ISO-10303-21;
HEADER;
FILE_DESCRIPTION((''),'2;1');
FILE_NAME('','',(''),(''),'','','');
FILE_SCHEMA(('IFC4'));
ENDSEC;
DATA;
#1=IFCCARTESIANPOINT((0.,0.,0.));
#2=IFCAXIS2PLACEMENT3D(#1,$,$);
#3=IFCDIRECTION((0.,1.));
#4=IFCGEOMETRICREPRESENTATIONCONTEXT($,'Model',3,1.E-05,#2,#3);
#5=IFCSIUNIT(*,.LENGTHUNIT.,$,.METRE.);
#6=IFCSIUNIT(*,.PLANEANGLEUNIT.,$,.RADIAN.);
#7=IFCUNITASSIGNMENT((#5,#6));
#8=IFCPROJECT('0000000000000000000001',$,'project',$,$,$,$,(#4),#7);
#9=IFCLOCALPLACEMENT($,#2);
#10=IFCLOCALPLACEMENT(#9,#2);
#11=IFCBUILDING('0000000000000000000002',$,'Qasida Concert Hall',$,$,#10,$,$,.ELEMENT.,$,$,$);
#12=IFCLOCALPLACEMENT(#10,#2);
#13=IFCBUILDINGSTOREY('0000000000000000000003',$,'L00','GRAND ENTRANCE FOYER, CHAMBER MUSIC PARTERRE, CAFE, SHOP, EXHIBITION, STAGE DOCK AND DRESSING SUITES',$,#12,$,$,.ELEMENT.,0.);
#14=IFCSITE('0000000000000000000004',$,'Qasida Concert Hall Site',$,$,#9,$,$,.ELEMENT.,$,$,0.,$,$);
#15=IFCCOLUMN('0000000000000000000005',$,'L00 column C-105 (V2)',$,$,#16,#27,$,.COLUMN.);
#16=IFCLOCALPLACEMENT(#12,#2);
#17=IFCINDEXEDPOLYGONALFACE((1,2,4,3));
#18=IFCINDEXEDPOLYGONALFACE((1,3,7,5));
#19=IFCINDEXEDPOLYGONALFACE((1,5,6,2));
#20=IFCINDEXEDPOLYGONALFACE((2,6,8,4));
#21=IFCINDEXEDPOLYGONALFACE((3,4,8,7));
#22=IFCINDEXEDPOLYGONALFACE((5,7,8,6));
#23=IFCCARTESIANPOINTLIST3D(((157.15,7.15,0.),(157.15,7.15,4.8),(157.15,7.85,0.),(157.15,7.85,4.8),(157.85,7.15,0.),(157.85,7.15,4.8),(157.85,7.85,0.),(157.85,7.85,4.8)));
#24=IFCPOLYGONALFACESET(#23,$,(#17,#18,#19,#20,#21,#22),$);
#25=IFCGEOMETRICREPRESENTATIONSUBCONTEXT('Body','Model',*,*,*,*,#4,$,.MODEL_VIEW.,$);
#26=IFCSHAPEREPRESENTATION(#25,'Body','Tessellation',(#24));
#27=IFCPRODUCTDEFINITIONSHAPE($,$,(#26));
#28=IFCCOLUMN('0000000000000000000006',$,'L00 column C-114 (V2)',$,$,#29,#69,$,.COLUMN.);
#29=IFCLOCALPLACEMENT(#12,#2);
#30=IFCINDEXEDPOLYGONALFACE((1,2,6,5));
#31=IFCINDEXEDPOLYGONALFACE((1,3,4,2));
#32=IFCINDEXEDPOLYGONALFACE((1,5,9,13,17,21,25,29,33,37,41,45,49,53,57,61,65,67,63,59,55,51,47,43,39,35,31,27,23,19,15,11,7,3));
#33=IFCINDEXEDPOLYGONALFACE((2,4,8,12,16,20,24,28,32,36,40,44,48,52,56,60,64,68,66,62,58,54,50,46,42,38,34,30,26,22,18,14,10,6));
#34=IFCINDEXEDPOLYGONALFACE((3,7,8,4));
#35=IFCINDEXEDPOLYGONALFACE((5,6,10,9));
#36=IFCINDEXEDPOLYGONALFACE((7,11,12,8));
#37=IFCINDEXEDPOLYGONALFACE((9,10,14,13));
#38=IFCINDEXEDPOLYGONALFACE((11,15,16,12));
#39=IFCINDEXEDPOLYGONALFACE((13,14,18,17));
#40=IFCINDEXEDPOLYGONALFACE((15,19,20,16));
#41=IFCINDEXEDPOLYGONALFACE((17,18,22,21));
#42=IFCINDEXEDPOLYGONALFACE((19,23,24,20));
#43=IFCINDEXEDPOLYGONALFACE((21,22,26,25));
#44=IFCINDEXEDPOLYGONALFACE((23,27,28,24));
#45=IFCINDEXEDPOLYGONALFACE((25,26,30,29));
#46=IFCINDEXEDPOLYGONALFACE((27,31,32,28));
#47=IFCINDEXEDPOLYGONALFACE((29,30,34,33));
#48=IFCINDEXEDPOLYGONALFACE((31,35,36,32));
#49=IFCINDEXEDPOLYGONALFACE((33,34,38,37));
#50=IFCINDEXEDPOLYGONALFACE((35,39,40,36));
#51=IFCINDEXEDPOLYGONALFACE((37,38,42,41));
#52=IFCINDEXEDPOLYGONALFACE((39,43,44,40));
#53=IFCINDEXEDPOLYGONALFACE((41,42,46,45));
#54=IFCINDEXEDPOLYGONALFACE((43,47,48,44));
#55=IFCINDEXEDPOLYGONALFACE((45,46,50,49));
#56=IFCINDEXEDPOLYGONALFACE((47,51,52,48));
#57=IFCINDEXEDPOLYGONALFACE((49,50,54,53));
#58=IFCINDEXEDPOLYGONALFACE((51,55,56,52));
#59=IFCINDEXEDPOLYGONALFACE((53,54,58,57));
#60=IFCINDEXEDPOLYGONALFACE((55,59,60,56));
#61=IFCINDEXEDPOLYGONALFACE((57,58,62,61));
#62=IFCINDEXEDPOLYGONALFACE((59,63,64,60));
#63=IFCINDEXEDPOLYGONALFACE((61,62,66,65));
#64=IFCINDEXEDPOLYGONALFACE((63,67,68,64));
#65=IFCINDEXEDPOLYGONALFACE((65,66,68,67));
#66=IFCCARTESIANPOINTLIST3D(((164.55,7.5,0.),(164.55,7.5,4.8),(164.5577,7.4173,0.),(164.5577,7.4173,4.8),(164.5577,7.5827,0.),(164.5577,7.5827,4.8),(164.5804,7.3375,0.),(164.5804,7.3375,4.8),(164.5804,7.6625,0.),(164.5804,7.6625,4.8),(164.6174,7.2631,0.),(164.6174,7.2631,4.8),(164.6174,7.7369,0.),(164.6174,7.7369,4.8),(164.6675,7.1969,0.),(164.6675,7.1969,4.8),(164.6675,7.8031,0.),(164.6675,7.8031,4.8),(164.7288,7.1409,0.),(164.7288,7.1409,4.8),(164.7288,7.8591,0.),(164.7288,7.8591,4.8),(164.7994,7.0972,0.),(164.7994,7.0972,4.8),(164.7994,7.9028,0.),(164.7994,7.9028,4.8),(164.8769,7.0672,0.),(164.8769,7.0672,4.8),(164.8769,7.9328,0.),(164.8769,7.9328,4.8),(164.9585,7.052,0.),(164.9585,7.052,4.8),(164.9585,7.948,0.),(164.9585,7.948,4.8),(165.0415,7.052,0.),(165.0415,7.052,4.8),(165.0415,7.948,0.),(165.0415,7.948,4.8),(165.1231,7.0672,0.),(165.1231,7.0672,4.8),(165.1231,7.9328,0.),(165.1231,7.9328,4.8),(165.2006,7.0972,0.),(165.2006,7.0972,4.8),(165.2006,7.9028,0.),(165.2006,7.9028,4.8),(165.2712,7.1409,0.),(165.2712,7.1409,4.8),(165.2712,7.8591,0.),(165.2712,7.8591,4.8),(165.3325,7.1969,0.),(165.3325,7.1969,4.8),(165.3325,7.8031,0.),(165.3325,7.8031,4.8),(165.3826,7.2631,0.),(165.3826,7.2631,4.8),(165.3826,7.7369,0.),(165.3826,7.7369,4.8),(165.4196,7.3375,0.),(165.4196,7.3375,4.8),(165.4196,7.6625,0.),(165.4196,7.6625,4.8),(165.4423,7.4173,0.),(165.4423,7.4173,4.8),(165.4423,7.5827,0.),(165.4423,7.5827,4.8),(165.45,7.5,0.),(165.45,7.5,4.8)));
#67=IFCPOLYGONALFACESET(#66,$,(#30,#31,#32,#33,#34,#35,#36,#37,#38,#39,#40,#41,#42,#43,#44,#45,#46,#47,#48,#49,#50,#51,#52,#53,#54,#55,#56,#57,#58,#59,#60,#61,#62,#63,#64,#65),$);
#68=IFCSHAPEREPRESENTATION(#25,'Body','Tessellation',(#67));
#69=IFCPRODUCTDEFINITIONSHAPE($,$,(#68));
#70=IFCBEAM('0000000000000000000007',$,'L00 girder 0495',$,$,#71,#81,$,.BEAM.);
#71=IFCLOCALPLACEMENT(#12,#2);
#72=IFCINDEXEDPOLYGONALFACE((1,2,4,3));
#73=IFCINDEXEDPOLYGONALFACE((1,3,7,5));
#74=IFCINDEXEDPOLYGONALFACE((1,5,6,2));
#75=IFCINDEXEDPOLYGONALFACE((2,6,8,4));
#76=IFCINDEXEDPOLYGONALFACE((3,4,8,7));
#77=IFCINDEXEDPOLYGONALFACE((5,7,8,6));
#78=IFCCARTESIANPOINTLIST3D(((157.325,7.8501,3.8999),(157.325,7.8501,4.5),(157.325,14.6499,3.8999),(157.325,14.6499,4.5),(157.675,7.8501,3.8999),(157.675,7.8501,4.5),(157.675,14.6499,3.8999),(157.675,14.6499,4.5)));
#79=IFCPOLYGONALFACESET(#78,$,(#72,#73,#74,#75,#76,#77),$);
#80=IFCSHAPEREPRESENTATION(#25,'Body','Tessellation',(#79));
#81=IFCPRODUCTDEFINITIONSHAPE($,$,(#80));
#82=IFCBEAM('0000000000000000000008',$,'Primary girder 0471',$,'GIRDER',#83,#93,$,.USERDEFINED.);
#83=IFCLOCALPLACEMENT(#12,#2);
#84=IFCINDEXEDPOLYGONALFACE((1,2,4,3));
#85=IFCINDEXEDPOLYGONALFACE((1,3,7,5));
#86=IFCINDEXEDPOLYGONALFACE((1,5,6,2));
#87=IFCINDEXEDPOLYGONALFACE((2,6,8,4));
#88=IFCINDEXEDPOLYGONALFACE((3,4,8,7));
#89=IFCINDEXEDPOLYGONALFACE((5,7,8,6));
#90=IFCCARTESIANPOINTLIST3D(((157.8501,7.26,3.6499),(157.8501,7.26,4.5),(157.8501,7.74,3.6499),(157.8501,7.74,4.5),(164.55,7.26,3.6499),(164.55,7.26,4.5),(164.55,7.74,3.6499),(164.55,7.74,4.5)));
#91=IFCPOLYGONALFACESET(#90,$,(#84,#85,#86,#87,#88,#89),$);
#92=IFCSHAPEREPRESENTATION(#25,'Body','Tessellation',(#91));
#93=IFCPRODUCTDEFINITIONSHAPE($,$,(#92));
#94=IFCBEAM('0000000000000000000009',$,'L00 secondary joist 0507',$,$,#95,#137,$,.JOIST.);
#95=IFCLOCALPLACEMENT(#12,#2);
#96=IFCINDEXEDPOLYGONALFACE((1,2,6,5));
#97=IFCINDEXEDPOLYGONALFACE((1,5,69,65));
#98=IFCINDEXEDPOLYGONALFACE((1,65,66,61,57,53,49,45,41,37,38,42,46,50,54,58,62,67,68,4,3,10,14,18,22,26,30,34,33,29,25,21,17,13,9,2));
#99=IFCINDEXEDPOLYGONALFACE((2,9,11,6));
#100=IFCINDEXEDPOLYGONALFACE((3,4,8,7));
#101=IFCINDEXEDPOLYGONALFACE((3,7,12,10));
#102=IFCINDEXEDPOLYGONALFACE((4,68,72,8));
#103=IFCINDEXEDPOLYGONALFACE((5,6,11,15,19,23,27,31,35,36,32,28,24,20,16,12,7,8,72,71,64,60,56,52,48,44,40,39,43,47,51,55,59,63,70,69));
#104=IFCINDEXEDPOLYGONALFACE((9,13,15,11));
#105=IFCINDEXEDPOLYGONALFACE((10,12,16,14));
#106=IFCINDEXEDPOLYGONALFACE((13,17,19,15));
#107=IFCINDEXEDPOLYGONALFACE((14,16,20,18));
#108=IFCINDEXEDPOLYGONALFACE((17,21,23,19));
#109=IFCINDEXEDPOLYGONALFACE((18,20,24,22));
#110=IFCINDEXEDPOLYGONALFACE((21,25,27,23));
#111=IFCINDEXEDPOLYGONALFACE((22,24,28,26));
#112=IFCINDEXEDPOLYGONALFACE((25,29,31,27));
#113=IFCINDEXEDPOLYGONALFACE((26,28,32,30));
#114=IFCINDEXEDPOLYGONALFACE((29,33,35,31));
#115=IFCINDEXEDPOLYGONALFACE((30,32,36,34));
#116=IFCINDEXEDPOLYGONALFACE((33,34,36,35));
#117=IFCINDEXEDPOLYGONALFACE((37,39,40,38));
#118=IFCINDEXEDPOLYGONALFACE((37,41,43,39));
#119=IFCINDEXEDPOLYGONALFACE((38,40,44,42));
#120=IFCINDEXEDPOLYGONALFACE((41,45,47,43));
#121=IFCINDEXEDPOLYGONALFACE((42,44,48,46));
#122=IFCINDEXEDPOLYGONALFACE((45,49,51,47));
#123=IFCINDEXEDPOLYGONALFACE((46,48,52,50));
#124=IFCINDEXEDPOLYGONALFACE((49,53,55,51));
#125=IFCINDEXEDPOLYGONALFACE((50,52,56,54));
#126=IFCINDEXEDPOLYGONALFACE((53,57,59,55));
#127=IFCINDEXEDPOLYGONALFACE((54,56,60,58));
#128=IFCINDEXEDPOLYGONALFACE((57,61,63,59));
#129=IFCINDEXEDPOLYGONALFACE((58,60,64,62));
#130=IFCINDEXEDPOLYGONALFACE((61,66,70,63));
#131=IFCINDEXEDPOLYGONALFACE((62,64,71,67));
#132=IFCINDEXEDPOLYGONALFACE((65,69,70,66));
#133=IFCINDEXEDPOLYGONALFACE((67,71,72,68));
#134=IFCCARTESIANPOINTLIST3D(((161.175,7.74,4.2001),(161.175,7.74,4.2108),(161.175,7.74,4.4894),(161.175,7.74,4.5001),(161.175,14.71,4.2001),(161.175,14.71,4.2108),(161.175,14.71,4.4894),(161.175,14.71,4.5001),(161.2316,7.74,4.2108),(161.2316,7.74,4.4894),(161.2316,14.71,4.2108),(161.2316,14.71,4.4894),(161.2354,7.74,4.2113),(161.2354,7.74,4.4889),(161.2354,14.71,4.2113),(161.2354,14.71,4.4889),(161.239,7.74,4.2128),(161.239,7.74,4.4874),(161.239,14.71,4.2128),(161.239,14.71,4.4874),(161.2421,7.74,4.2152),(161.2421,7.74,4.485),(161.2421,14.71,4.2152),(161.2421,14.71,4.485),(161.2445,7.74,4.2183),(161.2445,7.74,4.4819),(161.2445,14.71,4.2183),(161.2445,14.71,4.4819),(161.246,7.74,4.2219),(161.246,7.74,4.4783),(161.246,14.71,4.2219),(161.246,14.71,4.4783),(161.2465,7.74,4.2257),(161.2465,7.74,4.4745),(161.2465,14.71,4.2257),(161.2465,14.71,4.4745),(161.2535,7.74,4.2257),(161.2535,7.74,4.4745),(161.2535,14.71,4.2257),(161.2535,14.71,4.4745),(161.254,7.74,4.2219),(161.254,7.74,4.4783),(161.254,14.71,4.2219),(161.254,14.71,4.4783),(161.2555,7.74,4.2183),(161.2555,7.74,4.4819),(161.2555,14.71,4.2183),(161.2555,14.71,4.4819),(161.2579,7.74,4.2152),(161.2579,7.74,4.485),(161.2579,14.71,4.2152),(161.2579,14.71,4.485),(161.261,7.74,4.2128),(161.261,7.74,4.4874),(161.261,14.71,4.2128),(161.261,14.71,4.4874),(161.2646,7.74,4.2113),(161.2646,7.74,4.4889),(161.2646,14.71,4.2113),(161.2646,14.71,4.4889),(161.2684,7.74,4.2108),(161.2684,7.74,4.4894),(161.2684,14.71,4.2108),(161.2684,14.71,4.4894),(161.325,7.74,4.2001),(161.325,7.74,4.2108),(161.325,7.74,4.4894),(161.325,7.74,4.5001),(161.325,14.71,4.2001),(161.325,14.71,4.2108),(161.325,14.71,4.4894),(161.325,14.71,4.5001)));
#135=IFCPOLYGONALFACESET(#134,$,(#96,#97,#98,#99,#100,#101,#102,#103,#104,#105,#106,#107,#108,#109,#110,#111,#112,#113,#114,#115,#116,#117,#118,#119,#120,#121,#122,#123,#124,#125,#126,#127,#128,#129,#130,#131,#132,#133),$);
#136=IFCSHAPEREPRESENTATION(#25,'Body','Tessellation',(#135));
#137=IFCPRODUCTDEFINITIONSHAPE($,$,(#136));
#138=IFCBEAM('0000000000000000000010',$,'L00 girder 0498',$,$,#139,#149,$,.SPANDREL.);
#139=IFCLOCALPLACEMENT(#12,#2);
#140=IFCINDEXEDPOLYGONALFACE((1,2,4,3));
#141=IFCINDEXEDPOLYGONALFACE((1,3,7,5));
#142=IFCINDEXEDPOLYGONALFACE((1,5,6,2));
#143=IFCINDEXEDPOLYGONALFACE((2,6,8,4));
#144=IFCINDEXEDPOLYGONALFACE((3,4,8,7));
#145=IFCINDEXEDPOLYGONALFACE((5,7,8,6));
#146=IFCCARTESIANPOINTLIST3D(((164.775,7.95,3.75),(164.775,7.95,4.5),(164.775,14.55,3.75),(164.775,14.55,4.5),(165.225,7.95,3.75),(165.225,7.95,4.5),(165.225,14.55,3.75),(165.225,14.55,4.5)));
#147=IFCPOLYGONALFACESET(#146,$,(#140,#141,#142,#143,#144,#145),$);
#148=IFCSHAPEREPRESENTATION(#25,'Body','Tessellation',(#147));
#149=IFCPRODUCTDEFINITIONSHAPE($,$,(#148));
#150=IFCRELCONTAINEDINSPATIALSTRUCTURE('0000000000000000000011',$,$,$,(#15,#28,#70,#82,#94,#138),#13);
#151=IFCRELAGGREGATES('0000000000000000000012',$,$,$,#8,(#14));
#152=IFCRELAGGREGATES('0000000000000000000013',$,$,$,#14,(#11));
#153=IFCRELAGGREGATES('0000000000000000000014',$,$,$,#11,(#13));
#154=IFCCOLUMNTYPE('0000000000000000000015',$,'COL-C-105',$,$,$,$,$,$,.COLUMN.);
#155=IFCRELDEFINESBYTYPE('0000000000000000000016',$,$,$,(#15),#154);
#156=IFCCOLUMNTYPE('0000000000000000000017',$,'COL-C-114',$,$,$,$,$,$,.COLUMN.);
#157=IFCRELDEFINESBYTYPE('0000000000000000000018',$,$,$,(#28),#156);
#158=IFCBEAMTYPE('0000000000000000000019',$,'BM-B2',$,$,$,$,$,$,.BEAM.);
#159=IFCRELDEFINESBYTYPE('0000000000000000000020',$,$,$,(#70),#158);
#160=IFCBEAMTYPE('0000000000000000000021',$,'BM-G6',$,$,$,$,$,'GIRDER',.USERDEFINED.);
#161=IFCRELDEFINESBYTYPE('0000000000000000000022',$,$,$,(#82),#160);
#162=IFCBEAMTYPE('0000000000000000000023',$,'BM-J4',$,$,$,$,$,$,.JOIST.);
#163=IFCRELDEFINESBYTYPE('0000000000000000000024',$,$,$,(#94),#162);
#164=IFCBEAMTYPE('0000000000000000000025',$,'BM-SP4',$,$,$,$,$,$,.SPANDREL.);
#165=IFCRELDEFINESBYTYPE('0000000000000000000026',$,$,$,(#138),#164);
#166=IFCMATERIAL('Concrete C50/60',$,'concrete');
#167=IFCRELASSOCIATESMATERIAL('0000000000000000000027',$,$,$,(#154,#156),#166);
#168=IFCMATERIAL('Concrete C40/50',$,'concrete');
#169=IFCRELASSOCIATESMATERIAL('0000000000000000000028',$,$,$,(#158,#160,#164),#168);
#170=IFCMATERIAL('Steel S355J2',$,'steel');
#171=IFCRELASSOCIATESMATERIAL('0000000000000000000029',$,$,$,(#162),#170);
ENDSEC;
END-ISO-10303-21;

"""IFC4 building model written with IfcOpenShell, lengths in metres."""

from ifc_helpers import new_model, si_unit, direction, frame, origin, origin_2d, place, context, subcontext, project, spatial, rectangle, circle, i_section, extrude, material, material_profile, profile_set, type_object, element, save


model = new_model("IFC4")

# Units and contexts
model_context = context("Model", 3, precision=1e-05, world=origin(), true_north=direction((0.0, 1.0)))
body_context = subcontext(model_context, "Body", "Model", "MODEL_VIEW")
ifc_project = project(units=[si_unit("LENGTHUNIT", "METRE"), si_unit("PLANEANGLEUNIT", "RADIAN")], contexts=[model_context])

# Site, building, storey
site_placement = place(None, origin())
site = spatial("IfcSite", under=ifc_project, at=site_placement, Name="Qasida Concert Hall Site", CompositionType="ELEMENT", RefElevation=0.0)
building_placement = place(site_placement, origin())
building = spatial("IfcBuilding", under=site, at=building_placement, Name="Qasida Concert Hall", CompositionType="ELEMENT")
storey_placement = place(building_placement, origin())
storey = spatial("IfcBuildingStorey", under=building, at=storey_placement, Name="L00", Description="GRAND ENTRANCE FOYER, CHAMBER MUSIC PARTERRE, CAFE, SHOP, EXHIBITION, STAGE DOCK AND DRESSING SUITES", CompositionType="ELEMENT", Elevation=0.0)

# Columns
ifc_material_1 = material(Name="Concrete C50/60", Category="concrete")
ifc_material_profile_1 = material_profile(ifc_material_1, rectangle(XDim=0.7, YDim=0.7, at=origin_2d()), Name="RC 700x700")
ifc_profile_set_1 = profile_set([ifc_material_profile_1], Name="Concrete C50/60")
column_type_1 = type_object("IfcColumnType", Name="COL-C-105", PredefinedType="COLUMN", material=ifc_profile_set_1)
column_1_placement = place(storey_placement, frame((157.5, 7.5, 0.0), z_axis=(0.0, 0.0, 1.0), x_axis=(1.0, 0.0, 0.0)))
element("IfcColumn", 1, at=column_1_placement, inside=storey, type_object=column_type_1, Name="L00 column C-105 (V2)", PredefinedType="COLUMN", context=body_context, shape_type="SweptSolid", body=[
    extrude(rectangle(XDim=0.7, YDim=0.7, at=origin_2d()), origin(), (0.0, 0.0, 1.0), 4.8),
])
ifc_material_profile_2 = material_profile(ifc_material_1, circle(Radius=0.45, at=origin_2d()), Name="RC COL D900")
ifc_profile_set_2 = profile_set([ifc_material_profile_2], Name="Concrete C50/60")
column_type_2 = type_object("IfcColumnType", Name="COL-C-114", PredefinedType="COLUMN", material=ifc_profile_set_2)
column_2_placement = place(storey_placement, frame((165.0, 7.5, 0.0), z_axis=(0.0, 0.0, 1.0), x_axis=(1.0, 0.0, 0.0)))
element("IfcColumn", 2, at=column_2_placement, inside=storey, type_object=column_type_2, Name="L00 column C-114 (V2)", PredefinedType="COLUMN", context=body_context, shape_type="SweptSolid", body=[
    extrude(circle(Radius=0.45, at=origin_2d()), origin(), (0.0, 0.0, 1.0), 4.8),
])

# Beams
ifc_material_2 = material(Name="Concrete C40/50", Category="concrete")
ifc_material_profile_3 = material_profile(ifc_material_2, rectangle(XDim=0.3501, YDim=0.6001, at=origin_2d()), Name="RC 350x600")
ifc_profile_set_3 = profile_set([ifc_material_profile_3], Name="Concrete C40/50")
beam_type_1 = type_object("IfcBeamType", Name="BM-B2", PredefinedType="BEAM", material=ifc_profile_set_3)
beam_1_placement = place(storey_placement, frame((157.5, 7.8501, 4.2), z_axis=(0.0, 1.0, 0.0), x_axis=(-1.0, 0.0, 0.0)))
element("IfcBeam", 3, at=beam_1_placement, inside=storey, type_object=beam_type_1, Name="L00 girder 0495", PredefinedType="BEAM", context=body_context, shape_type="SweptSolid", body=[
    extrude(rectangle(XDim=0.3501, YDim=0.6001, at=origin_2d()), origin(), (0.0, 0.0, 1.0), 6.7998),
])
ifc_material_profile_4 = material_profile(ifc_material_2, rectangle(XDim=0.48, YDim=0.8501, at=origin_2d()), Name="RC 480x850")
ifc_profile_set_4 = profile_set([ifc_material_profile_4], Name="Concrete C40/50")
beam_type_2 = type_object("IfcBeamType", Name="BM-G6", ElementType="GIRDER", PredefinedType="USERDEFINED", material=ifc_profile_set_4)
beam_2_placement = place(storey_placement, frame((157.8501, 7.5, 4.075), z_axis=(1.0, 0.0, 0.0), x_axis=(0.0, 1.0, 0.0)))
element("IfcBeam", 4, at=beam_2_placement, inside=storey, type_object=beam_type_2, Name="Primary girder 0471", ObjectType="GIRDER", PredefinedType="USERDEFINED", context=body_context, shape_type="SweptSolid", body=[
    extrude(rectangle(XDim=0.48, YDim=0.8501, at=origin_2d()), origin(), (0.0, 0.0, 1.0), 6.7),
])
ifc_material_3 = material(Name="Steel S355J2", Category="steel")
ifc_material_profile_5 = material_profile(ifc_material_3, i_section(OverallWidth=0.1499, OverallDepth=0.3, WebThickness=0.0071, FlangeThickness=0.0107, FilletRadius=0.0149, at=origin_2d()), Name="IPE 300")
ifc_profile_set_5 = profile_set([ifc_material_profile_5], Name="Steel S355J2")
beam_type_3 = type_object("IfcBeamType", Name="BM-J4", PredefinedType="JOIST", material=ifc_profile_set_5)
beam_3_placement = place(storey_placement, frame((161.25, 7.74, 4.3501), z_axis=(0.0, 1.0, 0.0), x_axis=(-1.0, 0.0, 0.0)))
element("IfcBeam", 5, at=beam_3_placement, inside=storey, type_object=beam_type_3, Name="L00 secondary joist 0507", PredefinedType="JOIST", context=body_context, shape_type="SweptSolid", body=[
    extrude(i_section(OverallWidth=0.1499, OverallDepth=0.3, WebThickness=0.0071, FlangeThickness=0.0107, FilletRadius=0.0149, at=origin_2d()), origin(), (0.0, 0.0, 1.0), 6.97),
])
ifc_material_profile_6 = material_profile(ifc_material_2, rectangle(XDim=0.45, YDim=0.75, at=origin_2d()), Name="RC 450x750")
ifc_profile_set_6 = profile_set([ifc_material_profile_6], Name="Concrete C40/50")
beam_type_4 = type_object("IfcBeamType", Name="BM-SP4", PredefinedType="SPANDREL", material=ifc_profile_set_6)
beam_4_placement = place(storey_placement, frame((165.0, 7.95, 4.125), z_axis=(0.0, 1.0, 0.0), x_axis=(-1.0, 0.0, 0.0)))
element("IfcBeam", 6, at=beam_4_placement, inside=storey, type_object=beam_type_4, Name="L00 girder 0498", PredefinedType="SPANDREL", context=body_context, shape_type="SweptSolid", body=[
    extrude(rectangle(XDim=0.45, YDim=0.75, at=origin_2d()), origin(), (0.0, 0.0, 1.0), 6.6001),
])

save(model, "model.ifc")
